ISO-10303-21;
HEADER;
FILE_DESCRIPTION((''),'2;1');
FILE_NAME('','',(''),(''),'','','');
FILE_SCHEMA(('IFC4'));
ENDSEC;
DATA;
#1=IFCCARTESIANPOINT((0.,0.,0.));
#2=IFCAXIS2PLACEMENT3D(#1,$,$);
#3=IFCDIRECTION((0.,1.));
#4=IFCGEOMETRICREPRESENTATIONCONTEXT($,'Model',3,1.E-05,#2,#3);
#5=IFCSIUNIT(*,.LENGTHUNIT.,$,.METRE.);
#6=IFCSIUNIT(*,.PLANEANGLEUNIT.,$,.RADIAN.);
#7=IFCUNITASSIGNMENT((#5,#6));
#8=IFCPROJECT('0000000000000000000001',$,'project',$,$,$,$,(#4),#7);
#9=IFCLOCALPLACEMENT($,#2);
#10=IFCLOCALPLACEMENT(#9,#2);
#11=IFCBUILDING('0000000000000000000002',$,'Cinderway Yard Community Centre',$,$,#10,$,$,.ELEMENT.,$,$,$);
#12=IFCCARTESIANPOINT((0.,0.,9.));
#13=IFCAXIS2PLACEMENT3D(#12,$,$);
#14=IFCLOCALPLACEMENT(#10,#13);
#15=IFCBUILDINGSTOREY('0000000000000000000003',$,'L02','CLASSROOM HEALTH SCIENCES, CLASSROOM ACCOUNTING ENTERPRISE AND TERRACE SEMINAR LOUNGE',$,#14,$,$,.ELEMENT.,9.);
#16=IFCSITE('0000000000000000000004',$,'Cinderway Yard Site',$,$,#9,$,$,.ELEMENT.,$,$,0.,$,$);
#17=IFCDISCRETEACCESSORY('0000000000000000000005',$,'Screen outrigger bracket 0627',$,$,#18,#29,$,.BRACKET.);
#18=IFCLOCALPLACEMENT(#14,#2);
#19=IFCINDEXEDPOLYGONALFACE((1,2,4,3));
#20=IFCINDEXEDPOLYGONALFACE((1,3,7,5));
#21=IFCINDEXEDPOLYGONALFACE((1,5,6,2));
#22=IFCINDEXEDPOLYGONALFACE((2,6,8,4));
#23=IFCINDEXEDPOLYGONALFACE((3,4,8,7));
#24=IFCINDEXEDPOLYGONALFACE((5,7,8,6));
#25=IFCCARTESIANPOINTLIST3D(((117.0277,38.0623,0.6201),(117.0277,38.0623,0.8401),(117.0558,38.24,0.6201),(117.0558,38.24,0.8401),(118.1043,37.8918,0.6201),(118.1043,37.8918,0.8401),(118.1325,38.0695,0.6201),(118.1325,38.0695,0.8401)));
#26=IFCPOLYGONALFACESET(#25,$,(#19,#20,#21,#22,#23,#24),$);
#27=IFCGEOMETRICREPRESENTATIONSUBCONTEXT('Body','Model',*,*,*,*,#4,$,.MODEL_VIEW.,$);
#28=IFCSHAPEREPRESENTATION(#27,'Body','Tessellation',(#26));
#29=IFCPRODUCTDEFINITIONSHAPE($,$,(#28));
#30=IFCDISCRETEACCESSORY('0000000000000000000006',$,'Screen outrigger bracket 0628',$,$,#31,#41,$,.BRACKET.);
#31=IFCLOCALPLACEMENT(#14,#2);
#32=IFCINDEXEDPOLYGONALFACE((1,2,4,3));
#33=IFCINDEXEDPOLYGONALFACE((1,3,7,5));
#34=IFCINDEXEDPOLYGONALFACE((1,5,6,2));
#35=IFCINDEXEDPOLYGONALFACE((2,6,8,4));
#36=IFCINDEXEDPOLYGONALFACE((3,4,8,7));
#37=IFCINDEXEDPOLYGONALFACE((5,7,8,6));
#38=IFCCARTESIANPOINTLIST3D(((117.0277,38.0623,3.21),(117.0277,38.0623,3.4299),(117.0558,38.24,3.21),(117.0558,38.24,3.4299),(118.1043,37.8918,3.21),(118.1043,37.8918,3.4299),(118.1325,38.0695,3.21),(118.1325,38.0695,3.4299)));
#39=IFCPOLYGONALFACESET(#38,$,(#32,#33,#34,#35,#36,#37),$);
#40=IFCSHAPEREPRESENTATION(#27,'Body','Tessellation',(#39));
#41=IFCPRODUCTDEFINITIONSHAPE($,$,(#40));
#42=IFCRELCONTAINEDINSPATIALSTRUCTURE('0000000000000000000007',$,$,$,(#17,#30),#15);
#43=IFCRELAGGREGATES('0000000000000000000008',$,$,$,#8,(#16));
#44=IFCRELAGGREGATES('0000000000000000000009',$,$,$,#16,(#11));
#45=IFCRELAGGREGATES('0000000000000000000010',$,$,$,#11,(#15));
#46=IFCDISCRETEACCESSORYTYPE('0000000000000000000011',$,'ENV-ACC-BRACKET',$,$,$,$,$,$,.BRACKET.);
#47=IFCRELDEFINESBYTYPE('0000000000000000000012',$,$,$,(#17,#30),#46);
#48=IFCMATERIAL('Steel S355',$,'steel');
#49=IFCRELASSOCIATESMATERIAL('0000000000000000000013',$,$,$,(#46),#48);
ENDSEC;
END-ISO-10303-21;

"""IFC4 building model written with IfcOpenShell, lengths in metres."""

from ifc_helpers import new_model, si_unit, direction, frame, origin, origin_2d, place, context, subcontext, project, spatial, rectangle, extrude, material, type_object, element, save


model = new_model("IFC4")

# Units and contexts
model_context = context("Model", 3, precision=1e-05, world=origin(), true_north=direction((0.0, 1.0)))
body_context = subcontext(model_context, "Body", "Model", "MODEL_VIEW")
ifc_project = project(units=[si_unit("LENGTHUNIT", "METRE"), si_unit("PLANEANGLEUNIT", "RADIAN")], contexts=[model_context])

# Site, building, storey
site_placement = place(None, origin())
site = spatial("IfcSite", under=ifc_project, at=site_placement, Name="Cinderway Yard Site", CompositionType="ELEMENT", RefElevation=0.0)
building_placement = place(site_placement, origin())
building = spatial("IfcBuilding", under=site, at=building_placement, Name="Cinderway Yard Community Centre", CompositionType="ELEMENT")
storey_placement = place(building_placement, frame((0.0, 0.0, 9.0)))
storey = spatial("IfcBuildingStorey", under=building, at=storey_placement, Name="L02", Description="CLASSROOM HEALTH SCIENCES, CLASSROOM ACCOUNTING ENTERPRISE AND TERRACE SEMINAR LOUNGE", CompositionType="ELEMENT", Elevation=9.0)

# Shared definitions
ifc_material_1 = material(Name="Steel S355", Category="steel")

# Discrete accessories
discrete_accessory_type = type_object("IfcDiscreteAccessoryType", Name="ENV-ACC-BRACKET", PredefinedType="BRACKET", material=ifc_material_1)
for number, where, z_axis, x_axis, name in (
    (1, (117.5801, 38.0659, 0.6201), (0.0, 0.0, 1.0), (-0.987688, 0.156434, 0.0), "Screen outrigger bracket 0627"),
    (2, (117.5801, 38.0659, 3.21), (0.0, 0.0, 1.0), (-0.987688, 0.156434, 0.0), "Screen outrigger bracket 0628"),
):
    element("IfcDiscreteAccessory", number, at=place(storey_placement, frame(where, z_axis=z_axis, x_axis=x_axis)), inside=storey, type_object=discrete_accessory_type, Name=name, PredefinedType="BRACKET", context=body_context, shape_type="SweptSolid", body=[
        extrude(rectangle(XDim=1.0901, YDim=0.1799, at=origin_2d()), origin(), (0.0, 0.0, 1.0), 0.22),
    ])

save(model, "model.ifc")
